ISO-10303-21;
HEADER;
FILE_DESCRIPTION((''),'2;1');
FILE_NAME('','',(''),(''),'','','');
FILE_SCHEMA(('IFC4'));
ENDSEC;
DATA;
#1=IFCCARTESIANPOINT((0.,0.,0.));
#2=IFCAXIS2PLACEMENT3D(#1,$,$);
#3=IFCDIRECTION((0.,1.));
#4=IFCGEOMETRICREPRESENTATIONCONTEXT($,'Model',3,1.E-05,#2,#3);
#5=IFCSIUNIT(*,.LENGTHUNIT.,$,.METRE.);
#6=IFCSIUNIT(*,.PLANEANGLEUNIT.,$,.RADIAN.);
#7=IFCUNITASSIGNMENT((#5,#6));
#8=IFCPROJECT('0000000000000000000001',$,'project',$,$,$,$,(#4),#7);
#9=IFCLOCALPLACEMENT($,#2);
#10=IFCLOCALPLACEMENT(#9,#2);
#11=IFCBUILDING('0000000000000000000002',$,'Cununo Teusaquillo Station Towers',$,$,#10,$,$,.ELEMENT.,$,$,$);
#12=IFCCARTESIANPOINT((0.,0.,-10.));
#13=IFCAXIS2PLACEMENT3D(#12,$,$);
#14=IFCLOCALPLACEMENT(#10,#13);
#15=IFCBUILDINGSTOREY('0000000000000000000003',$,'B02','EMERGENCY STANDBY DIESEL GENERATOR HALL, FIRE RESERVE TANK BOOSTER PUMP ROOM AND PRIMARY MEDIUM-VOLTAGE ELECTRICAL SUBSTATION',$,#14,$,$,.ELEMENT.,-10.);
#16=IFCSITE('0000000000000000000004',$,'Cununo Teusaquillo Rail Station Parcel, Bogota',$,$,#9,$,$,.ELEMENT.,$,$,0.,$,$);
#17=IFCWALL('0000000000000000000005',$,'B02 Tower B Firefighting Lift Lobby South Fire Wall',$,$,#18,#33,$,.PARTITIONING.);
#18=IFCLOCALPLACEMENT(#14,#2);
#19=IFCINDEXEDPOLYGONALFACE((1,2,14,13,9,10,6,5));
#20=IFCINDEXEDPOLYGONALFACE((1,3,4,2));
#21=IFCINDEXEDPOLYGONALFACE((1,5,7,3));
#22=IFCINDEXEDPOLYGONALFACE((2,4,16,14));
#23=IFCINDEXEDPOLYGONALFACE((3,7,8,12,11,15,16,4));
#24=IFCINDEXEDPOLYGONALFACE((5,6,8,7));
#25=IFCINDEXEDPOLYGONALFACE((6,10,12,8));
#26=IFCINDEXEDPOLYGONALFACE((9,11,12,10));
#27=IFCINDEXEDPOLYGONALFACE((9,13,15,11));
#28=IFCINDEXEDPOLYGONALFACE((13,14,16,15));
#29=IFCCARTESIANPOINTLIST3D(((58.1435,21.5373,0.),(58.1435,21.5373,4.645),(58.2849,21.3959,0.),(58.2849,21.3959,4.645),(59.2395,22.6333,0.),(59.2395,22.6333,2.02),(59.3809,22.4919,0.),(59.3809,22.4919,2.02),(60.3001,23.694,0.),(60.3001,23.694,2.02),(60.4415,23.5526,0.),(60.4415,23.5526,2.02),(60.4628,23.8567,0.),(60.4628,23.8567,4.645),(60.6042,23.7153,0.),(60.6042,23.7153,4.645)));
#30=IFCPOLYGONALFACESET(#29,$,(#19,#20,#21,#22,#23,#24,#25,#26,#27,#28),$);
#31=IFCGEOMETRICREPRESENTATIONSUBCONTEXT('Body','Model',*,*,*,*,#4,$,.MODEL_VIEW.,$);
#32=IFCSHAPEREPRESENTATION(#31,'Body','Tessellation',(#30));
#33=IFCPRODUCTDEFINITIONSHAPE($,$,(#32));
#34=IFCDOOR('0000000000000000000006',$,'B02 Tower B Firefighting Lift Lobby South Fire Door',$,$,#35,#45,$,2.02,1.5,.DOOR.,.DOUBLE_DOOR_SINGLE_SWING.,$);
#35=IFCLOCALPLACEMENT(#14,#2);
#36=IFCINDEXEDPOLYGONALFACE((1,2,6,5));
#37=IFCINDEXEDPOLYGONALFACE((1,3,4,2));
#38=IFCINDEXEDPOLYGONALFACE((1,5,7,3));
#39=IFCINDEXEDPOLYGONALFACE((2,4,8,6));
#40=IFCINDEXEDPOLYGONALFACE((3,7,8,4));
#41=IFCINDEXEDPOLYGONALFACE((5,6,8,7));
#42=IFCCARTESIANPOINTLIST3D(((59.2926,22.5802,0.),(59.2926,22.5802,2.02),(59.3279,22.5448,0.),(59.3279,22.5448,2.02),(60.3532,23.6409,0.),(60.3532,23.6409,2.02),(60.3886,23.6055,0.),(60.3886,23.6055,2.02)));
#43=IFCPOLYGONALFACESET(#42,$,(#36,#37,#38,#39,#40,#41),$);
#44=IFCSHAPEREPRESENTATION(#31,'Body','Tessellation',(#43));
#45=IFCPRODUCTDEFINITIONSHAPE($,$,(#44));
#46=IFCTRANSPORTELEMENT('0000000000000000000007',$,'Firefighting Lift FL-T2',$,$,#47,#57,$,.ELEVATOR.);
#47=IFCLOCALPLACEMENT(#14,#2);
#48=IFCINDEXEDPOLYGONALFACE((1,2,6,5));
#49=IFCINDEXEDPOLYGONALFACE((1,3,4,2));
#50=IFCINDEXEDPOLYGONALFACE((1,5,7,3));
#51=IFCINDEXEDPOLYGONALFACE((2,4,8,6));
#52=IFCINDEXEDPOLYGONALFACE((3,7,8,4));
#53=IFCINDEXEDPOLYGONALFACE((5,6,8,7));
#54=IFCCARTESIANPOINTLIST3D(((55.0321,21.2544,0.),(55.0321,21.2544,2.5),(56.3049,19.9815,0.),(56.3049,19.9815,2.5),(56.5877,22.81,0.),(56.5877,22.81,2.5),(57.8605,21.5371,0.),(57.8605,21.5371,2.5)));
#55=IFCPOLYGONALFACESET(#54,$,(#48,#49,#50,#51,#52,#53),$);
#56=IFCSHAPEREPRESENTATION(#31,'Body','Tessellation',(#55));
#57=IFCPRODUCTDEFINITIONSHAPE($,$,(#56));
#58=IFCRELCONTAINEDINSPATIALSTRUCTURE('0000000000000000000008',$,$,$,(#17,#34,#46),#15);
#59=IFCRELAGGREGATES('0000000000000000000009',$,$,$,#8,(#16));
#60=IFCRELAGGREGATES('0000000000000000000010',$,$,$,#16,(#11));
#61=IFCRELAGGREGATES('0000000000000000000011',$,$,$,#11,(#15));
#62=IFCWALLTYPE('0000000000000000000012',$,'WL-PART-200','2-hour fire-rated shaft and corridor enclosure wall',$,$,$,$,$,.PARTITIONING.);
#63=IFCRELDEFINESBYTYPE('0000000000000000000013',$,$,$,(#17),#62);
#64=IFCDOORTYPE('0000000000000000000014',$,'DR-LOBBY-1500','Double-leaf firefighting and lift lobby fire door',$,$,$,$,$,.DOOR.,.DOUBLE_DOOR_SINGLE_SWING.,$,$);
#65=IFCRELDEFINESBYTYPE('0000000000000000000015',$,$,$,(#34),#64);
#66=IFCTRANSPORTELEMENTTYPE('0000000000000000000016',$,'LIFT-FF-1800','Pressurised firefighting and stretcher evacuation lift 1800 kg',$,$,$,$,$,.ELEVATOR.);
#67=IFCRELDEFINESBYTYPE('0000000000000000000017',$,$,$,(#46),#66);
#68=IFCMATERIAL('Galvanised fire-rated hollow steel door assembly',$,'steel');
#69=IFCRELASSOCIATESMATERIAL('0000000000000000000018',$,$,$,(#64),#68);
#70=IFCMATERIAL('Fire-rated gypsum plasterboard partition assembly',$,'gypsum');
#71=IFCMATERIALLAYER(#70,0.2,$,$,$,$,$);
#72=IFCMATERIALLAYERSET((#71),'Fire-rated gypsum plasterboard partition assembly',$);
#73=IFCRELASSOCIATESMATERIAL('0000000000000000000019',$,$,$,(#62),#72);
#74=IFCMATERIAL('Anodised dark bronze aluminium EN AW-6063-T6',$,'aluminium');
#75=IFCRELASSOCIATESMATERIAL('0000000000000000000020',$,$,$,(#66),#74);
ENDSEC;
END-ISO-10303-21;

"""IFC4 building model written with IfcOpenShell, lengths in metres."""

from ifc_helpers import new_model, si_unit, direction, frame, frame_2d, origin, origin_2d, place, context, subcontext, project, spatial, rectangle, extrude, source, transform, mapped, material, layer, layer_set, type_object, element, fill, save


model = new_model("IFC4")

# Units and contexts
model_context = context("Model", 3, precision=1e-05, world=origin(), true_north=direction((0.0, 1.0)))
body_context = subcontext(model_context, "Body", "Model", "MODEL_VIEW")
ifc_project = project(units=[si_unit("LENGTHUNIT", "METRE"), si_unit("PLANEANGLEUNIT", "RADIAN")], contexts=[model_context])

# Site, building, storey
site_placement = place(None, origin())
site = spatial("IfcSite", under=ifc_project, at=site_placement, Name="Cununo Teusaquillo Rail Station Parcel, Bogota", CompositionType="ELEMENT", RefElevation=0.0)
building_placement = place(site_placement, origin())
building = spatial("IfcBuilding", under=site, at=building_placement, Name="Cununo Teusaquillo Station Towers", CompositionType="ELEMENT")
storey_placement = place(building_placement, frame((0.0, 0.0, -10.0)))
storey = spatial("IfcBuildingStorey", under=building, at=storey_placement, Name="B02", Description="EMERGENCY STANDBY DIESEL GENERATOR HALL, FIRE RESERVE TANK BOOSTER PUMP ROOM AND PRIMARY MEDIUM-VOLTAGE ELECTRICAL SUBSTATION", CompositionType="ELEMENT", Elevation=-10.0)

# Shared definitions
ifc_material_1 = material(Name="Galvanised fire-rated hollow steel door assembly", Category="steel")
door_type_1 = type_object("IfcDoorType", Name="DR-LOBBY-1500", Description="Double-leaf firefighting and lift lobby fire door", OperationType="DOUBLE_DOOR_SINGLE_SWING", PredefinedType="DOOR", material=ifc_material_1)
shared_shape_1 = source(origin(), body_context, "Body", "SweptSolid", [
    extrude(rectangle(XDim=1.5, YDim=2.02, at=frame_2d((0.75, 1.01))), frame((0.0, 0.0249, 0.0), z_axis=(0.0, -1.0, 0.0), x_axis=(1.0, 0.0, 0.0)), (0.0, 0.0, 1.0), 0.05),
])

# Wall, opening, door
ifc_material_2 = material(Name="Fire-rated gypsum plasterboard partition assembly", Category="gypsum")
ifc_layer_1 = layer(ifc_material_2, 0.2)
ifc_layer_set_1 = layer_set([ifc_layer_1], Name="Fire-rated gypsum plasterboard partition assembly")
wall_type_1 = type_object("IfcWallType", Name="WL-PART-200", Description="2-hour fire-rated shaft and corridor enclosure wall", PredefinedType="PARTITIONING", material=ifc_layer_set_1)
wall_1_placement = place(storey_placement, frame((58.2141, 21.4666, 0.0), z_axis=(0.0, 0.0, 1.0), x_axis=(0.707107, 0.707107, 0.0)))
wall_1 = element("IfcWall", 1, at=wall_1_placement, inside=storey, type_object=wall_type_1, Name="B02 Tower B Firefighting Lift Lobby South Fire Wall", PredefinedType="PARTITIONING", context=body_context, shape_type="SweptSolid", body=[
    extrude(rectangle(XDim=3.28, YDim=0.2, at=frame_2d((1.6401, 0.0))), origin(), (0.0, 0.0, 1.0), 4.645),
])
shared_shape_2 = source(origin(), body_context, "Body", "SweptSolid", [
    extrude(rectangle(XDim=1.5, YDim=2.02, at=frame_2d((0.75, 1.01))), frame((0.0, 0.1099, 0.0), z_axis=(0.0, -1.0, 0.0), x_axis=(1.0, 0.0, 0.0)), (0.0, 0.0, 1.0), 0.22),
])
opening_1_placement = place(wall_1_placement, frame((1.55, 0.0, 0.0)))
opening_1 = element("IfcOpeningElement", 2, at=opening_1_placement, cuts=wall_1, PredefinedType="OPENING", context=body_context, shape_type="MappedRepresentation", body=[
    mapped(shared_shape_2, transform((0.0, 0.0, 0.0), x_axis=(1.0, 0.0, 0.0), y_axis=(0.0, 1.0, 0.0), z_axis=(0.0, 0.0, 1.0), scale=1.0)),
])
door_1_placement = place(opening_1_placement, origin())
door_1 = element("IfcDoor", 3, at=door_1_placement, inside=storey, type_object=door_type_1, Name="B02 Tower B Firefighting Lift Lobby South Fire Door", OperationType="DOUBLE_DOOR_SINGLE_SWING", OverallHeight=2.02, OverallWidth=1.5, PredefinedType="DOOR", context=body_context, shape_type="MappedRepresentation", body=[
    mapped(shared_shape_1, transform((0.0, 0.0, 0.0), x_axis=(1.0, 0.0, 0.0), y_axis=(0.0, 1.0, 0.0), z_axis=(0.0, 0.0, 1.0), scale=1.0)),
])
fill(opening_1, door_1)

# Transport element
ifc_material_3 = material(Name="Anodised dark bronze aluminium EN AW-6063-T6", Category="aluminium")
transport_element_type = type_object("IfcTransportElementType", Name="LIFT-FF-1800", Description="Pressurised firefighting and stretcher evacuation lift 1800 kg", PredefinedType="ELEVATOR", material=ifc_material_3)
shared_shape_3 = source(origin(), body_context, "Body", "SweptSolid", [
    extrude(rectangle(XDim=2.2, YDim=1.8, at=origin_2d()), origin(), (0.0, 0.0, 1.0), 2.5),
])
transport_element_placement = place(storey_placement, frame((56.4463, 21.3958, 0.0), z_axis=(0.0, 0.0, 1.0), x_axis=(0.707107, 0.707107, 0.0)))
element("IfcTransportElement", 4, at=transport_element_placement, inside=storey, type_object=transport_element_type, Name="Firefighting Lift FL-T2", PredefinedType="ELEVATOR", context=body_context, shape_type="MappedRepresentation", body=[
    mapped(shared_shape_3, transform((0.0, 0.0, 0.0), x_axis=(1.0, 0.0, 0.0), y_axis=(0.0, 1.0, 0.0), z_axis=(0.0, 0.0, 1.0), scale=1.0)),
])

save(model, "model.ifc")
